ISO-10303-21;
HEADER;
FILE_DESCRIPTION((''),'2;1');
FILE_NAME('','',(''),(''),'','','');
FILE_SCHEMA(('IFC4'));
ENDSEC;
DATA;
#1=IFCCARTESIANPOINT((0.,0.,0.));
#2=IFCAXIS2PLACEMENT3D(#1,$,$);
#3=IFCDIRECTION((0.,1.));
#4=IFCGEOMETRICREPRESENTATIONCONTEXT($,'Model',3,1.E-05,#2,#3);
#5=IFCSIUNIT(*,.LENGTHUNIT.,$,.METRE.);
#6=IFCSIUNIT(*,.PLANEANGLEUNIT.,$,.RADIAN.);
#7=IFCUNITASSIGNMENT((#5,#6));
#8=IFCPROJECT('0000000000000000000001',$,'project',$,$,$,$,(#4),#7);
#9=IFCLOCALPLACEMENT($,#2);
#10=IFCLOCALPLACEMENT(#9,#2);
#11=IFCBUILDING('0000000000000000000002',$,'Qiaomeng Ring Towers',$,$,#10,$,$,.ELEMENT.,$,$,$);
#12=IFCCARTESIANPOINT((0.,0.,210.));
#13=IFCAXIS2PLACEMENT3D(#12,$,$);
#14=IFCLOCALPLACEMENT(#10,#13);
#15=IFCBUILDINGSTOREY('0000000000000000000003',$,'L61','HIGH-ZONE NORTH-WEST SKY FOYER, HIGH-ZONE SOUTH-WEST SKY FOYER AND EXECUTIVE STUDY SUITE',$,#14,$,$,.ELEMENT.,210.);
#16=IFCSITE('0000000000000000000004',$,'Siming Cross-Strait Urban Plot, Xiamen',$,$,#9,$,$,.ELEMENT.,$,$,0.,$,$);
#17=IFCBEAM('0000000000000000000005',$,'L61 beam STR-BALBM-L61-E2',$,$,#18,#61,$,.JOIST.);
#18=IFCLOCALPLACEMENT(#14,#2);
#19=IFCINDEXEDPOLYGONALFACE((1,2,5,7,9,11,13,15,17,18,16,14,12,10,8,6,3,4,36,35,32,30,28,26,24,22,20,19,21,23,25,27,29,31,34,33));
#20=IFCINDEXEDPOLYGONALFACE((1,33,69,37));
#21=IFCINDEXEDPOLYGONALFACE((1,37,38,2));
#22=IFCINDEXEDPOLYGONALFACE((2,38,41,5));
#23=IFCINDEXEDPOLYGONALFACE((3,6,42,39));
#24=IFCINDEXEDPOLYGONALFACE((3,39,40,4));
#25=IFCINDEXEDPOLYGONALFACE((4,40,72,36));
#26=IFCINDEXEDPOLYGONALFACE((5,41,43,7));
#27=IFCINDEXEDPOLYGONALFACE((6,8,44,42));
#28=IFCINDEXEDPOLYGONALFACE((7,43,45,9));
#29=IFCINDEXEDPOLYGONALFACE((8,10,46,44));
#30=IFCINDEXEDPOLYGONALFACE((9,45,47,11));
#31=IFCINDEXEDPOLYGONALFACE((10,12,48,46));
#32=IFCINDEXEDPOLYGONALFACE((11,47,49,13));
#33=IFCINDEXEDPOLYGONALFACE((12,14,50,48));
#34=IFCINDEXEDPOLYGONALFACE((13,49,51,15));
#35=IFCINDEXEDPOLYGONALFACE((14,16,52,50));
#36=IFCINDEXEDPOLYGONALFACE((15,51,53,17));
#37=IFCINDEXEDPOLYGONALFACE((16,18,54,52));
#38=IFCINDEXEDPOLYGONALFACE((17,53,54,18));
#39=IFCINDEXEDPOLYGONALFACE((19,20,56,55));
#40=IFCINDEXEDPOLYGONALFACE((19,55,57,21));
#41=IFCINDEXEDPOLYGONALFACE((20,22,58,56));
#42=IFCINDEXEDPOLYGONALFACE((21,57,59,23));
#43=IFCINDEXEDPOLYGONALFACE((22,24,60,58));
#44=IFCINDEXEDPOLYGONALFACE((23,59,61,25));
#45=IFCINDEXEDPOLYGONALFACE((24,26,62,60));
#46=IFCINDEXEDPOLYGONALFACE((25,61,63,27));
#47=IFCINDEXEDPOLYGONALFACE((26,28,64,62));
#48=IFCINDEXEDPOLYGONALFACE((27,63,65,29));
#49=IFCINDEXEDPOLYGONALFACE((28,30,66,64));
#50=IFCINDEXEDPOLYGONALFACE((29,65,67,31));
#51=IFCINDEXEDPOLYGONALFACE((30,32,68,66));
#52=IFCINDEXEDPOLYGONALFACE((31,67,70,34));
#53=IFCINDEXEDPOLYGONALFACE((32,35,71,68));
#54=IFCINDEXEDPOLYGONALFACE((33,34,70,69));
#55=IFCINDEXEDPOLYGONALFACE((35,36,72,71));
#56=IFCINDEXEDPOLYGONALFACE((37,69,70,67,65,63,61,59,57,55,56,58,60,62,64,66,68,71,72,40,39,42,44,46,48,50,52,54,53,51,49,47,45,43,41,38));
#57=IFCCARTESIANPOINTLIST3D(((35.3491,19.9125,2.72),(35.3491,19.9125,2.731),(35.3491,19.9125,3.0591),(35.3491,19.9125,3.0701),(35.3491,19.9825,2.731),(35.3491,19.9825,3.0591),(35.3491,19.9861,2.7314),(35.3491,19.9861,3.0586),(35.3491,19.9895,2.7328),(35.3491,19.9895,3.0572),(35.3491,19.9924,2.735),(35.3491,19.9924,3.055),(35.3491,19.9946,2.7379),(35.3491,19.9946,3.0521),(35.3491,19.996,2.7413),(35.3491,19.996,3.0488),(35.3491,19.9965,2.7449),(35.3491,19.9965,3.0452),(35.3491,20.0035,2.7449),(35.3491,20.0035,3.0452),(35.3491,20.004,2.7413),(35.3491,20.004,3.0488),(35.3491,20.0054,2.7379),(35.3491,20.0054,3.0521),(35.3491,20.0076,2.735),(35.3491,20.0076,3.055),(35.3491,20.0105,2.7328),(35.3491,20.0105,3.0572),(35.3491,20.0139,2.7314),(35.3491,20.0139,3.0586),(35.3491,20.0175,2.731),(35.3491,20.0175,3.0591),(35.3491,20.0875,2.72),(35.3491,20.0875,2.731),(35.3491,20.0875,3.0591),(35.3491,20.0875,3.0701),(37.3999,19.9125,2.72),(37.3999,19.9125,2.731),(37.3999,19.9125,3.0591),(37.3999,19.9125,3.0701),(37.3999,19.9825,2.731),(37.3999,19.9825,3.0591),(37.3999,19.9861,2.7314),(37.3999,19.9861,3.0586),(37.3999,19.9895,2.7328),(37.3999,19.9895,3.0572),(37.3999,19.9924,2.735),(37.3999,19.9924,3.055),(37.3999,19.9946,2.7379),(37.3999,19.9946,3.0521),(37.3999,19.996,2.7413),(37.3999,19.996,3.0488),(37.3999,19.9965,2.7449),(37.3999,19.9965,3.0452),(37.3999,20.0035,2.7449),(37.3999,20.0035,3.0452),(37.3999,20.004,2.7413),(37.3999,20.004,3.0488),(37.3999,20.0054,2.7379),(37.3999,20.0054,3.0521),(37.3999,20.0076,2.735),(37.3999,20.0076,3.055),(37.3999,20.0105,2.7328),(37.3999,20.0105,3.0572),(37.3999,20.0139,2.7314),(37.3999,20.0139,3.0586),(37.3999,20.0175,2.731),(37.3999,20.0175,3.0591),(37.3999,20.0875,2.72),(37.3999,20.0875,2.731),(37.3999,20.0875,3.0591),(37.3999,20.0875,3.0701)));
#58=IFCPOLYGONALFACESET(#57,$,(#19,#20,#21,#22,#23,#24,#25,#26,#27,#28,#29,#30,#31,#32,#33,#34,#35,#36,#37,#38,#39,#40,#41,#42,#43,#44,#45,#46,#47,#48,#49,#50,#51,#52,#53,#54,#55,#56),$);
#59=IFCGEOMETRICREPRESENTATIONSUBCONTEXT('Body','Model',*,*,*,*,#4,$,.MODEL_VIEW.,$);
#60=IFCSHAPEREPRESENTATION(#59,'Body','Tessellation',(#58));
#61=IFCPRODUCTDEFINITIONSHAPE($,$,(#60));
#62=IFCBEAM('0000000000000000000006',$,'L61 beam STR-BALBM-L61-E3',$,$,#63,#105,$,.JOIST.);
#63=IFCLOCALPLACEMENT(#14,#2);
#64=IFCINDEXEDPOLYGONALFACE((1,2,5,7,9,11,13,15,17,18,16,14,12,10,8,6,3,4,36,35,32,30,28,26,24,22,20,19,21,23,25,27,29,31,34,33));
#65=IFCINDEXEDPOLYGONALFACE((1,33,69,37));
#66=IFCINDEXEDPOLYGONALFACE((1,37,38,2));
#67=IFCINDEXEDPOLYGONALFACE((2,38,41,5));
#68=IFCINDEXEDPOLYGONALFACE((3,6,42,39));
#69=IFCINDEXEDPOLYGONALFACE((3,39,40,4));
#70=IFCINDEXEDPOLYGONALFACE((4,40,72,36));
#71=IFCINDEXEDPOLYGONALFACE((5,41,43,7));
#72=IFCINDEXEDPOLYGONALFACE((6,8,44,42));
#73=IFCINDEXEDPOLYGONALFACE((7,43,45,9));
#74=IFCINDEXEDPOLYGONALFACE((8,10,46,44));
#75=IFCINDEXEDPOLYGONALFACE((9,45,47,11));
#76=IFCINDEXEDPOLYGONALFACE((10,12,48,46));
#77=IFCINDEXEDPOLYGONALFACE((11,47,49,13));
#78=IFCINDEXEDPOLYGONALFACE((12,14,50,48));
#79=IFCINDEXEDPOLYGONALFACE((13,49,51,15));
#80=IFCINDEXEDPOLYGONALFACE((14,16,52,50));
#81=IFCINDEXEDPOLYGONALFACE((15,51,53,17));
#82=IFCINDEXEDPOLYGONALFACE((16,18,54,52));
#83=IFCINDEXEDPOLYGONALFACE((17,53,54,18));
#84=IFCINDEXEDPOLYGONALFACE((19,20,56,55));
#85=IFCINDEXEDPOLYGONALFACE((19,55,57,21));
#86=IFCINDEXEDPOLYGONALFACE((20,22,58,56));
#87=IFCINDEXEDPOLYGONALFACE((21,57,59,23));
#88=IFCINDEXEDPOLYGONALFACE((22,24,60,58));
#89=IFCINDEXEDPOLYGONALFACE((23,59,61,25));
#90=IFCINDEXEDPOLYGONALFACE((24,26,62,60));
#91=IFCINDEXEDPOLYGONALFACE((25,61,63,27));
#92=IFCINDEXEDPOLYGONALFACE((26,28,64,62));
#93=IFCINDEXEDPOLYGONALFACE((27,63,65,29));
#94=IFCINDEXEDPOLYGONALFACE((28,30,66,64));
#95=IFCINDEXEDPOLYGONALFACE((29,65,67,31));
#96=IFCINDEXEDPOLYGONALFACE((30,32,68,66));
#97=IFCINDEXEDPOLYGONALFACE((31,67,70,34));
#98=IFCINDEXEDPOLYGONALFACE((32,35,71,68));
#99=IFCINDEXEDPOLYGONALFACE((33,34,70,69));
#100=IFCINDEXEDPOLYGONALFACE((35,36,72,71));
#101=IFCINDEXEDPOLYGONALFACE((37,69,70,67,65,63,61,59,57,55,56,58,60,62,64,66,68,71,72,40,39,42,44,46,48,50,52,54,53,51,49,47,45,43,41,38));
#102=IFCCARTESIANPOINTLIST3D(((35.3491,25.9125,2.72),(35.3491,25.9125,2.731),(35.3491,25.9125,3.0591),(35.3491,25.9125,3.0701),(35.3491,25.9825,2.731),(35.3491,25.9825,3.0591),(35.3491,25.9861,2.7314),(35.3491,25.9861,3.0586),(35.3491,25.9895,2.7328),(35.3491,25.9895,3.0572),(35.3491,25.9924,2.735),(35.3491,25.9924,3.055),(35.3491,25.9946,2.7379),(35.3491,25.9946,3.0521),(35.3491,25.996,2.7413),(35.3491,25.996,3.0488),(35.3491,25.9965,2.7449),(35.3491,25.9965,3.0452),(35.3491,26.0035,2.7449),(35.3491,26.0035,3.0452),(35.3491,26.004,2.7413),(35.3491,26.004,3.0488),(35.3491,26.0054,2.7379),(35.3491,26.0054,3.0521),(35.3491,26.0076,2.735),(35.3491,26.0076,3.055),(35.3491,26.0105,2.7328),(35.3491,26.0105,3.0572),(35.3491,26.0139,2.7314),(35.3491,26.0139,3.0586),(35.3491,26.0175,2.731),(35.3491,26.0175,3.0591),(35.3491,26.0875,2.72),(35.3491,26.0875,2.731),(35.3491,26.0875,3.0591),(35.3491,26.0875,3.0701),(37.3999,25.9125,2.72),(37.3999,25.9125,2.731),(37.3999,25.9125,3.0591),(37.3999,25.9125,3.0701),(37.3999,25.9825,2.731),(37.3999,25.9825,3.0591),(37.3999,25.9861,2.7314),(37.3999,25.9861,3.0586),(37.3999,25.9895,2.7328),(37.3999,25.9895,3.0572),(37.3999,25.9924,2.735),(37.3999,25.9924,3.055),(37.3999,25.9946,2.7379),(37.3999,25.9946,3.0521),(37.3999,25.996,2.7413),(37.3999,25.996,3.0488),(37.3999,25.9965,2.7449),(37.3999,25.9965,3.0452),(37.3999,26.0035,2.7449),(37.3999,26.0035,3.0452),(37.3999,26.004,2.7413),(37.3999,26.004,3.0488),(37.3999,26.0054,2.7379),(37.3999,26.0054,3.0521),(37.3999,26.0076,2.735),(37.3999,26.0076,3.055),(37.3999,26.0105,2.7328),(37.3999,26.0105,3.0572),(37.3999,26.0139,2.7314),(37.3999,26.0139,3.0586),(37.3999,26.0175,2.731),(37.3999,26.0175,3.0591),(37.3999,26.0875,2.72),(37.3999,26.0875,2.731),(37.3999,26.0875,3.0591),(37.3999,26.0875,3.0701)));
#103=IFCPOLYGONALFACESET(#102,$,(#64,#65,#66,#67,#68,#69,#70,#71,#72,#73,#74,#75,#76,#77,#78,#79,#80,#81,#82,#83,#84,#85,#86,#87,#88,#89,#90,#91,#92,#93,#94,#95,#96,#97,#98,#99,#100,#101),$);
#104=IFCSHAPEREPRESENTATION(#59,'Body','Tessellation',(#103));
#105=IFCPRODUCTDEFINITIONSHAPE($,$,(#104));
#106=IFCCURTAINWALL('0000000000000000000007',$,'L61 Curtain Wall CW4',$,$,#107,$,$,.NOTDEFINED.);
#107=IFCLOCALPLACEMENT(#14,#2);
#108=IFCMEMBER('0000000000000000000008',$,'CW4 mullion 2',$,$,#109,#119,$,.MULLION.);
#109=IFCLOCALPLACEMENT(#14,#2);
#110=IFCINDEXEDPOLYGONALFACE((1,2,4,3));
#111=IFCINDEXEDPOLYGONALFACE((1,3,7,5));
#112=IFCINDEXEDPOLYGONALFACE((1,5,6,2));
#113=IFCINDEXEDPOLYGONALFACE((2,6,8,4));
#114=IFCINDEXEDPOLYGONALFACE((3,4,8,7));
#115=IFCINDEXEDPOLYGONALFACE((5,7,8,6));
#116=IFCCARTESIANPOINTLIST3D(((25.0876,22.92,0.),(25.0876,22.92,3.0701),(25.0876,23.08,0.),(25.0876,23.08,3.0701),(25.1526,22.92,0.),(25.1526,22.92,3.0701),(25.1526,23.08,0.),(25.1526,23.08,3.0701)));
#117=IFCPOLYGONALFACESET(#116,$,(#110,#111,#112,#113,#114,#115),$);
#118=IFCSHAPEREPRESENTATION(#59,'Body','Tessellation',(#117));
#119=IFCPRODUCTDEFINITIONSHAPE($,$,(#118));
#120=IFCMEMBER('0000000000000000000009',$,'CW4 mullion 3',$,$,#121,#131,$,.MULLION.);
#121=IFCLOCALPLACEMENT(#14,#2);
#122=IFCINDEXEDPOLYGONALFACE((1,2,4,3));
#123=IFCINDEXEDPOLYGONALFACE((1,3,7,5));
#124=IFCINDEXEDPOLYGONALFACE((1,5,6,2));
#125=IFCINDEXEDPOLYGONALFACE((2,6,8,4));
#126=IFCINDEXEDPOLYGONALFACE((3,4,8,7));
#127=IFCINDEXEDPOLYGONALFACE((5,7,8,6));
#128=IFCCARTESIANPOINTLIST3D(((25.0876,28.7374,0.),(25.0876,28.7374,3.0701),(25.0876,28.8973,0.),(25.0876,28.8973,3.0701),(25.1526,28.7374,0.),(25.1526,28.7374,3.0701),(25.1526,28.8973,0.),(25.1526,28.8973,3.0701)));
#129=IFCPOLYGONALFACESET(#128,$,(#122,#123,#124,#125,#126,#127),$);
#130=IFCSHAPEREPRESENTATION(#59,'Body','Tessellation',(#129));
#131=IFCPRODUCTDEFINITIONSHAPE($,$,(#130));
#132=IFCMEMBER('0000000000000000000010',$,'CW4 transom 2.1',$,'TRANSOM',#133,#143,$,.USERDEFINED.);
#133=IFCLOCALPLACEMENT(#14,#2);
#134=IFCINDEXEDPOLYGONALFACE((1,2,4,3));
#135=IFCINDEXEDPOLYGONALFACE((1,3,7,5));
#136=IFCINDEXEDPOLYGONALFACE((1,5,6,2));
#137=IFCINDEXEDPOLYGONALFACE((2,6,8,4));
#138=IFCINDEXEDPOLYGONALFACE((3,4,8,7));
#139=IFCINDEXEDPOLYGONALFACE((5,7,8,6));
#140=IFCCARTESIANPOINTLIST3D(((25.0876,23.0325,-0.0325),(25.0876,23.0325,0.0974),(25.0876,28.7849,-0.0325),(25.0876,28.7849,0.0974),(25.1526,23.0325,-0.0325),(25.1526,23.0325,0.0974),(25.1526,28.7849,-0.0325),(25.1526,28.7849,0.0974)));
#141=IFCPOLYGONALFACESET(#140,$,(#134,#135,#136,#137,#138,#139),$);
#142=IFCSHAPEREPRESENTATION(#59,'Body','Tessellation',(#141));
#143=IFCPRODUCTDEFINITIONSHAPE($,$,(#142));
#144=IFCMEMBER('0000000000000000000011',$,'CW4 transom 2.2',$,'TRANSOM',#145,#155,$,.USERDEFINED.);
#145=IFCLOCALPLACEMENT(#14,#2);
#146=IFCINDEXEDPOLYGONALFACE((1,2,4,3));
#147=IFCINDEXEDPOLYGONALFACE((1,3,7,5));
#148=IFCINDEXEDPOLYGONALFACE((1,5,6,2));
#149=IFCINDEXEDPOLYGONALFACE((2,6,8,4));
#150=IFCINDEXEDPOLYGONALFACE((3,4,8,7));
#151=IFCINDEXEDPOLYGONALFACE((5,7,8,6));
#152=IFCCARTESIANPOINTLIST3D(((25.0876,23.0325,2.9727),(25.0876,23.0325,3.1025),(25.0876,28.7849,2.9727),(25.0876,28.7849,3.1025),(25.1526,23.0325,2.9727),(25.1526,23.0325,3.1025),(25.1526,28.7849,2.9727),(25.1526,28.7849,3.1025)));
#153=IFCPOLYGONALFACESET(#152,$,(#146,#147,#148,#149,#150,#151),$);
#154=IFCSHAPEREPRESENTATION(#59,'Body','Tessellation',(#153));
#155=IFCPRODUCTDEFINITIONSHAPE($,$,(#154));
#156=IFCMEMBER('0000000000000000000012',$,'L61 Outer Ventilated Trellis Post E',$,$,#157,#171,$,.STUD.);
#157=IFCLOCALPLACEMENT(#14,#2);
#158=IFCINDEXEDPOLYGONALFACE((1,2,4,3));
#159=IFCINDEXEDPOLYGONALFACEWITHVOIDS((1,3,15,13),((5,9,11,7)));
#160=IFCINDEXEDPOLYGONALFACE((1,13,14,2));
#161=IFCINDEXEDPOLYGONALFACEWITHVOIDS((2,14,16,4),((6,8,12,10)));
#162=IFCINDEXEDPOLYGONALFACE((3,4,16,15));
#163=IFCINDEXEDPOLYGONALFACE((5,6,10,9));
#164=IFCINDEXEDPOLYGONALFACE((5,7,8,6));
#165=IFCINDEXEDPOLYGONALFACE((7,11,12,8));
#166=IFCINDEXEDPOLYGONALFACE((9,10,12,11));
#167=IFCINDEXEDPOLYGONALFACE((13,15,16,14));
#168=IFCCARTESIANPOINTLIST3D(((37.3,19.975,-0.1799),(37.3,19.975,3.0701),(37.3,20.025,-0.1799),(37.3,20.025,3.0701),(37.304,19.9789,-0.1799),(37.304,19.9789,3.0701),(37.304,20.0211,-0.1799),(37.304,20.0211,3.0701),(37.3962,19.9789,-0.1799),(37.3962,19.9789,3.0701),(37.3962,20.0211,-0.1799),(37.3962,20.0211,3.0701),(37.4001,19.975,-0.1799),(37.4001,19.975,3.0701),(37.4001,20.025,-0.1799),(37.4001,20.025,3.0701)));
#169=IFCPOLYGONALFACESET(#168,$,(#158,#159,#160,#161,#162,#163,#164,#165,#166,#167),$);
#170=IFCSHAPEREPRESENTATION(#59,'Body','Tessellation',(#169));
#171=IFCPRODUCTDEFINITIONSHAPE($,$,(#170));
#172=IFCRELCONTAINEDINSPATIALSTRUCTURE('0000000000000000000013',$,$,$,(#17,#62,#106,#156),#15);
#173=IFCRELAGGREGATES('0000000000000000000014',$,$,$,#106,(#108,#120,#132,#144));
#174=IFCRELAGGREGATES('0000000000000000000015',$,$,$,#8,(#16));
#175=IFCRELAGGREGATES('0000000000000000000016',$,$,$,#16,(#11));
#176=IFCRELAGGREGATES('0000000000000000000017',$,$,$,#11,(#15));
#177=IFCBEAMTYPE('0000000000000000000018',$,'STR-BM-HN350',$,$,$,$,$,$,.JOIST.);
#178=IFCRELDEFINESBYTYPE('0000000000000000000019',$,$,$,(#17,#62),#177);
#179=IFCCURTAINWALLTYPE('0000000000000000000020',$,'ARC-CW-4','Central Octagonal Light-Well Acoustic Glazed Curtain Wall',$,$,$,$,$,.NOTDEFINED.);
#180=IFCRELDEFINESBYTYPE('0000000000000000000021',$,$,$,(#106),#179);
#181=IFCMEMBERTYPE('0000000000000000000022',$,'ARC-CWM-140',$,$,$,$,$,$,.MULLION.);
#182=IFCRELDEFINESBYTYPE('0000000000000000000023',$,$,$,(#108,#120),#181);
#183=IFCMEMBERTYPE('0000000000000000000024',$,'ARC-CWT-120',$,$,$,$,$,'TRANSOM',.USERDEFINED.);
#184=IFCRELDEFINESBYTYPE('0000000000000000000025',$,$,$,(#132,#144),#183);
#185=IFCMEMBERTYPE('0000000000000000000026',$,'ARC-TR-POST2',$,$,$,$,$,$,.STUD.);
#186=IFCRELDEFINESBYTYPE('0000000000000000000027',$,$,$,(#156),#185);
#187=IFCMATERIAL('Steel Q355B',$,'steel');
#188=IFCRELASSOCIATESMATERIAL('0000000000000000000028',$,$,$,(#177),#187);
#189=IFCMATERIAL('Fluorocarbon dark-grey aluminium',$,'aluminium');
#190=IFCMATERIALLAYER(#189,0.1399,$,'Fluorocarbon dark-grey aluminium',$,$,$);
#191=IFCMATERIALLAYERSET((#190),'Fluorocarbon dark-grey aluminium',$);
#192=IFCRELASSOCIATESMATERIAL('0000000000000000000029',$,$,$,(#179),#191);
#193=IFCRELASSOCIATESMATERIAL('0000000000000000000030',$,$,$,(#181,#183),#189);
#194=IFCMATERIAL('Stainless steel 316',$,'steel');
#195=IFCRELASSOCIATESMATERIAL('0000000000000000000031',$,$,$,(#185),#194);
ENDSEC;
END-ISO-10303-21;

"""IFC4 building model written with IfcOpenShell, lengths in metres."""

from ifc_helpers import new_model, si_unit, direction, frame, origin, origin_2d, place, context, subcontext, project, spatial, rectangle, hollow_rectangle, i_section, extrude, source, transform, mapped, material, layer, layer_set, material_profile, profile_set, type_object, element, aggregate, save


model = new_model("IFC4")

# Units and contexts
model_context = context("Model", 3, precision=1e-05, world=origin(), true_north=direction((0.0, 1.0)))
body_context = subcontext(model_context, "Body", "Model", "MODEL_VIEW")
ifc_project = project(units=[si_unit("LENGTHUNIT", "METRE"), si_unit("PLANEANGLEUNIT", "RADIAN")], contexts=[model_context])

# Site, building, storey
site_placement = place(None, origin())
site = spatial("IfcSite", under=ifc_project, at=site_placement, Name="Siming Cross-Strait Urban Plot, Xiamen", CompositionType="ELEMENT", RefElevation=0.0)
building_placement = place(site_placement, origin())
building = spatial("IfcBuilding", under=site, at=building_placement, Name="Qiaomeng Ring Towers", CompositionType="ELEMENT")
storey_placement = place(building_placement, frame((0.0, 0.0, 210.0)))
storey = spatial("IfcBuildingStorey", under=building, at=storey_placement, Name="L61", Description="HIGH-ZONE NORTH-WEST SKY FOYER, HIGH-ZONE SOUTH-WEST SKY FOYER AND EXECUTIVE STUDY SUITE", CompositionType="ELEMENT", Elevation=210.0)

# Beams
ifc_material_1 = material(Name="Steel Q355B", Category="steel")
ifc_material_profile_1 = material_profile(ifc_material_1, i_section(OverallWidth=0.175, OverallDepth=0.3501, WebThickness=0.0071, FlangeThickness=0.011, FilletRadius=0.0139, at=origin_2d()), Name="HN 350x175x7x11")
ifc_profile_set_1 = profile_set([ifc_material_profile_1], Name="Steel Q355B")
beam_type_1 = type_object("IfcBeamType", Name="STR-BM-HN350", PredefinedType="JOIST", material=ifc_profile_set_1)
shared_shape_1 = source(origin(), body_context, "Body", "SweptSolid", [
    extrude(i_section(OverallWidth=0.175, OverallDepth=0.3501, WebThickness=0.0071, FlangeThickness=0.011, FilletRadius=0.0139, at=origin_2d()), origin(), (0.0, 0.0, 1.0), 2.0508),
])
for number, where, z_axis, x_axis, name in (
    (1, (35.3491, 20.0, 2.895), (1.0, 0.0, 0.0), (0.0, 1.0, 0.0), "L61 beam STR-BALBM-L61-E2"),
    (2, (35.3491, 26.0, 2.895), (1.0, 0.0, 0.0), (0.0, 1.0, 0.0), "L61 beam STR-BALBM-L61-E3"),
):
    element("IfcBeam", number, at=place(storey_placement, frame(where, z_axis=z_axis, x_axis=x_axis)), inside=storey, type_object=beam_type_1, Name=name, PredefinedType="JOIST", context=body_context, shape_type="MappedRepresentation", body=[
        mapped(shared_shape_1, transform((0.0, 0.0, 0.0), x_axis=(1.0, 0.0, 0.0), y_axis=(0.0, 1.0, 0.0), z_axis=(0.0, 0.0, 1.0), scale=1.0)),
    ])

# Curtain wall, members
ifc_material_2 = material(Name="Fluorocarbon dark-grey aluminium", Category="aluminium")
ifc_layer_1 = layer(ifc_material_2, 0.1399, Name="Fluorocarbon dark-grey aluminium")
ifc_layer_set_1 = layer_set([ifc_layer_1], Name="Fluorocarbon dark-grey aluminium")
curtain_wall_type = type_object("IfcCurtainWallType", Name="ARC-CW-4", Description="Central Octagonal Light-Well Acoustic Glazed Curtain Wall", PredefinedType="NOTDEFINED", material=ifc_layer_set_1)
curtain_wall_placement = place(storey_placement, origin())
curtain_wall = element("IfcCurtainWall", 3, at=curtain_wall_placement, inside=storey, type_object=curtain_wall_type, Name="L61 Curtain Wall CW4", PredefinedType="NOTDEFINED")
ifc_material_profile_2 = material_profile(ifc_material_2, rectangle(XDim=0.0649, YDim=0.1599, at=origin_2d()), Name="ALU MULL 65x160")
ifc_profile_set_2 = profile_set([ifc_material_profile_2], Name="Fluorocarbon dark-grey aluminium")
member_type_1 = type_object("IfcMemberType", Name="ARC-CWM-140", PredefinedType="MULLION", material=ifc_profile_set_2)
shared_shape_2 = source(origin(), body_context, "Body", "SweptSolid", [
    extrude(rectangle(XDim=0.0649, YDim=0.1599, at=origin_2d()), origin(), (0.0, 0.0, 1.0), 3.0701),
])
member_1_placement = place(storey_placement, frame((25.1201, 23.0, 0.0), z_axis=(0.0, 0.0, 1.0), x_axis=(-1.0, 0.0, 0.0)))
member_1 = element("IfcMember", 4, at=member_1_placement, type_object=member_type_1, Name="CW4 mullion 2", PredefinedType="MULLION", context=body_context, shape_type="MappedRepresentation", body=[
    mapped(shared_shape_2, transform((0.0, 0.0, 0.0), x_axis=(1.0, 0.0, 0.0), y_axis=(0.0, 1.0, 0.0), z_axis=(0.0, 0.0, 1.0), scale=1.0)),
])
member_2_placement = place(storey_placement, frame((25.1201, 28.8174, 0.0), z_axis=(0.0, 0.0, 1.0), x_axis=(-1.0, 0.0, 0.0)))
member_2 = element("IfcMember", 5, at=member_2_placement, type_object=member_type_1, Name="CW4 mullion 3", PredefinedType="MULLION", context=body_context, shape_type="MappedRepresentation", body=[
    mapped(shared_shape_2, transform((0.0, 0.0, 0.0), x_axis=(1.0, 0.0, 0.0), y_axis=(0.0, 1.0, 0.0), z_axis=(0.0, 0.0, 1.0), scale=1.0)),
])
ifc_material_profile_3 = material_profile(ifc_material_2, rectangle(XDim=0.0649, YDim=0.1299, at=origin_2d()), Name="ALU TRAN 65x130")
ifc_profile_set_3 = profile_set([ifc_material_profile_3], Name="Fluorocarbon dark-grey aluminium")
member_type_2 = type_object("IfcMemberType", Name="ARC-CWT-120", ElementType="TRANSOM", PredefinedType="USERDEFINED", material=ifc_profile_set_3)
shared_shape_3 = source(origin(), body_context, "Body", "SweptSolid", [
    extrude(rectangle(XDim=0.0649, YDim=0.1299, at=origin_2d()), origin(), (0.0, 0.0, 1.0), 5.7524),
])
member_3_placement = place(storey_placement, frame((25.1201, 23.0325, 0.0325), z_axis=(0.0, 1.0, 0.0), x_axis=(-1.0, 0.0, 0.0)))
member_3 = element("IfcMember", 6, at=member_3_placement, type_object=member_type_2, Name="CW4 transom 2.1", ObjectType="TRANSOM", PredefinedType="USERDEFINED", context=body_context, shape_type="MappedRepresentation", body=[
    mapped(shared_shape_3, transform((0.0, 0.0, 0.0), x_axis=(1.0, 0.0, 0.0), y_axis=(0.0, 1.0, 0.0), z_axis=(0.0, 0.0, 1.0), scale=1.0)),
])
member_4_placement = place(storey_placement, frame((25.1201, 23.0325, 3.0376), z_axis=(0.0, 1.0, 0.0), x_axis=(-1.0, 0.0, 0.0)))
member_4 = element("IfcMember", 7, at=member_4_placement, type_object=member_type_2, Name="CW4 transom 2.2", ObjectType="TRANSOM", PredefinedType="USERDEFINED", context=body_context, shape_type="MappedRepresentation", body=[
    mapped(shared_shape_3, transform((0.0, 0.0, 0.0), x_axis=(1.0, 0.0, 0.0), y_axis=(0.0, 1.0, 0.0), z_axis=(0.0, 0.0, 1.0), scale=1.0)),
])

# Member
ifc_material_3 = material(Name="Stainless steel 316", Category="steel")
ifc_material_profile_4 = material_profile(ifc_material_3, hollow_rectangle(XDim=0.05, YDim=0.1001, WallThickness=0.0039, at=origin_2d()), Name="SS TRELLIS 100x50")
ifc_profile_set_4 = profile_set([ifc_material_profile_4], Name="Stainless steel 316")
member_type_3 = type_object("IfcMemberType", Name="ARC-TR-POST2", PredefinedType="STUD", material=ifc_profile_set_4)
shared_shape_4 = source(origin(), body_context, "Body", "SweptSolid", [
    extrude(hollow_rectangle(XDim=0.05, YDim=0.1001, WallThickness=0.0039, at=origin_2d()), origin(), (0.0, 0.0, 1.0), 3.25),
])
member_5_placement = place(storey_placement, frame((37.3501, 20.0, -0.1799), z_axis=(0.0, 0.0, 1.0), x_axis=(0.0, 1.0, 0.0)))
element("IfcMember", 8, at=member_5_placement, inside=storey, type_object=member_type_3, Name="L61 Outer Ventilated Trellis Post E", PredefinedType="STUD", context=body_context, shape_type="MappedRepresentation", body=[
    mapped(shared_shape_4, transform((0.0, 0.0, 0.0), x_axis=(1.0, 0.0, 0.0), y_axis=(0.0, 1.0, 0.0), z_axis=(0.0, 0.0, 1.0), scale=1.0)),
])

aggregate(curtain_wall, [member_1, member_2, member_3, member_4])

save(model, "model.ifc")
